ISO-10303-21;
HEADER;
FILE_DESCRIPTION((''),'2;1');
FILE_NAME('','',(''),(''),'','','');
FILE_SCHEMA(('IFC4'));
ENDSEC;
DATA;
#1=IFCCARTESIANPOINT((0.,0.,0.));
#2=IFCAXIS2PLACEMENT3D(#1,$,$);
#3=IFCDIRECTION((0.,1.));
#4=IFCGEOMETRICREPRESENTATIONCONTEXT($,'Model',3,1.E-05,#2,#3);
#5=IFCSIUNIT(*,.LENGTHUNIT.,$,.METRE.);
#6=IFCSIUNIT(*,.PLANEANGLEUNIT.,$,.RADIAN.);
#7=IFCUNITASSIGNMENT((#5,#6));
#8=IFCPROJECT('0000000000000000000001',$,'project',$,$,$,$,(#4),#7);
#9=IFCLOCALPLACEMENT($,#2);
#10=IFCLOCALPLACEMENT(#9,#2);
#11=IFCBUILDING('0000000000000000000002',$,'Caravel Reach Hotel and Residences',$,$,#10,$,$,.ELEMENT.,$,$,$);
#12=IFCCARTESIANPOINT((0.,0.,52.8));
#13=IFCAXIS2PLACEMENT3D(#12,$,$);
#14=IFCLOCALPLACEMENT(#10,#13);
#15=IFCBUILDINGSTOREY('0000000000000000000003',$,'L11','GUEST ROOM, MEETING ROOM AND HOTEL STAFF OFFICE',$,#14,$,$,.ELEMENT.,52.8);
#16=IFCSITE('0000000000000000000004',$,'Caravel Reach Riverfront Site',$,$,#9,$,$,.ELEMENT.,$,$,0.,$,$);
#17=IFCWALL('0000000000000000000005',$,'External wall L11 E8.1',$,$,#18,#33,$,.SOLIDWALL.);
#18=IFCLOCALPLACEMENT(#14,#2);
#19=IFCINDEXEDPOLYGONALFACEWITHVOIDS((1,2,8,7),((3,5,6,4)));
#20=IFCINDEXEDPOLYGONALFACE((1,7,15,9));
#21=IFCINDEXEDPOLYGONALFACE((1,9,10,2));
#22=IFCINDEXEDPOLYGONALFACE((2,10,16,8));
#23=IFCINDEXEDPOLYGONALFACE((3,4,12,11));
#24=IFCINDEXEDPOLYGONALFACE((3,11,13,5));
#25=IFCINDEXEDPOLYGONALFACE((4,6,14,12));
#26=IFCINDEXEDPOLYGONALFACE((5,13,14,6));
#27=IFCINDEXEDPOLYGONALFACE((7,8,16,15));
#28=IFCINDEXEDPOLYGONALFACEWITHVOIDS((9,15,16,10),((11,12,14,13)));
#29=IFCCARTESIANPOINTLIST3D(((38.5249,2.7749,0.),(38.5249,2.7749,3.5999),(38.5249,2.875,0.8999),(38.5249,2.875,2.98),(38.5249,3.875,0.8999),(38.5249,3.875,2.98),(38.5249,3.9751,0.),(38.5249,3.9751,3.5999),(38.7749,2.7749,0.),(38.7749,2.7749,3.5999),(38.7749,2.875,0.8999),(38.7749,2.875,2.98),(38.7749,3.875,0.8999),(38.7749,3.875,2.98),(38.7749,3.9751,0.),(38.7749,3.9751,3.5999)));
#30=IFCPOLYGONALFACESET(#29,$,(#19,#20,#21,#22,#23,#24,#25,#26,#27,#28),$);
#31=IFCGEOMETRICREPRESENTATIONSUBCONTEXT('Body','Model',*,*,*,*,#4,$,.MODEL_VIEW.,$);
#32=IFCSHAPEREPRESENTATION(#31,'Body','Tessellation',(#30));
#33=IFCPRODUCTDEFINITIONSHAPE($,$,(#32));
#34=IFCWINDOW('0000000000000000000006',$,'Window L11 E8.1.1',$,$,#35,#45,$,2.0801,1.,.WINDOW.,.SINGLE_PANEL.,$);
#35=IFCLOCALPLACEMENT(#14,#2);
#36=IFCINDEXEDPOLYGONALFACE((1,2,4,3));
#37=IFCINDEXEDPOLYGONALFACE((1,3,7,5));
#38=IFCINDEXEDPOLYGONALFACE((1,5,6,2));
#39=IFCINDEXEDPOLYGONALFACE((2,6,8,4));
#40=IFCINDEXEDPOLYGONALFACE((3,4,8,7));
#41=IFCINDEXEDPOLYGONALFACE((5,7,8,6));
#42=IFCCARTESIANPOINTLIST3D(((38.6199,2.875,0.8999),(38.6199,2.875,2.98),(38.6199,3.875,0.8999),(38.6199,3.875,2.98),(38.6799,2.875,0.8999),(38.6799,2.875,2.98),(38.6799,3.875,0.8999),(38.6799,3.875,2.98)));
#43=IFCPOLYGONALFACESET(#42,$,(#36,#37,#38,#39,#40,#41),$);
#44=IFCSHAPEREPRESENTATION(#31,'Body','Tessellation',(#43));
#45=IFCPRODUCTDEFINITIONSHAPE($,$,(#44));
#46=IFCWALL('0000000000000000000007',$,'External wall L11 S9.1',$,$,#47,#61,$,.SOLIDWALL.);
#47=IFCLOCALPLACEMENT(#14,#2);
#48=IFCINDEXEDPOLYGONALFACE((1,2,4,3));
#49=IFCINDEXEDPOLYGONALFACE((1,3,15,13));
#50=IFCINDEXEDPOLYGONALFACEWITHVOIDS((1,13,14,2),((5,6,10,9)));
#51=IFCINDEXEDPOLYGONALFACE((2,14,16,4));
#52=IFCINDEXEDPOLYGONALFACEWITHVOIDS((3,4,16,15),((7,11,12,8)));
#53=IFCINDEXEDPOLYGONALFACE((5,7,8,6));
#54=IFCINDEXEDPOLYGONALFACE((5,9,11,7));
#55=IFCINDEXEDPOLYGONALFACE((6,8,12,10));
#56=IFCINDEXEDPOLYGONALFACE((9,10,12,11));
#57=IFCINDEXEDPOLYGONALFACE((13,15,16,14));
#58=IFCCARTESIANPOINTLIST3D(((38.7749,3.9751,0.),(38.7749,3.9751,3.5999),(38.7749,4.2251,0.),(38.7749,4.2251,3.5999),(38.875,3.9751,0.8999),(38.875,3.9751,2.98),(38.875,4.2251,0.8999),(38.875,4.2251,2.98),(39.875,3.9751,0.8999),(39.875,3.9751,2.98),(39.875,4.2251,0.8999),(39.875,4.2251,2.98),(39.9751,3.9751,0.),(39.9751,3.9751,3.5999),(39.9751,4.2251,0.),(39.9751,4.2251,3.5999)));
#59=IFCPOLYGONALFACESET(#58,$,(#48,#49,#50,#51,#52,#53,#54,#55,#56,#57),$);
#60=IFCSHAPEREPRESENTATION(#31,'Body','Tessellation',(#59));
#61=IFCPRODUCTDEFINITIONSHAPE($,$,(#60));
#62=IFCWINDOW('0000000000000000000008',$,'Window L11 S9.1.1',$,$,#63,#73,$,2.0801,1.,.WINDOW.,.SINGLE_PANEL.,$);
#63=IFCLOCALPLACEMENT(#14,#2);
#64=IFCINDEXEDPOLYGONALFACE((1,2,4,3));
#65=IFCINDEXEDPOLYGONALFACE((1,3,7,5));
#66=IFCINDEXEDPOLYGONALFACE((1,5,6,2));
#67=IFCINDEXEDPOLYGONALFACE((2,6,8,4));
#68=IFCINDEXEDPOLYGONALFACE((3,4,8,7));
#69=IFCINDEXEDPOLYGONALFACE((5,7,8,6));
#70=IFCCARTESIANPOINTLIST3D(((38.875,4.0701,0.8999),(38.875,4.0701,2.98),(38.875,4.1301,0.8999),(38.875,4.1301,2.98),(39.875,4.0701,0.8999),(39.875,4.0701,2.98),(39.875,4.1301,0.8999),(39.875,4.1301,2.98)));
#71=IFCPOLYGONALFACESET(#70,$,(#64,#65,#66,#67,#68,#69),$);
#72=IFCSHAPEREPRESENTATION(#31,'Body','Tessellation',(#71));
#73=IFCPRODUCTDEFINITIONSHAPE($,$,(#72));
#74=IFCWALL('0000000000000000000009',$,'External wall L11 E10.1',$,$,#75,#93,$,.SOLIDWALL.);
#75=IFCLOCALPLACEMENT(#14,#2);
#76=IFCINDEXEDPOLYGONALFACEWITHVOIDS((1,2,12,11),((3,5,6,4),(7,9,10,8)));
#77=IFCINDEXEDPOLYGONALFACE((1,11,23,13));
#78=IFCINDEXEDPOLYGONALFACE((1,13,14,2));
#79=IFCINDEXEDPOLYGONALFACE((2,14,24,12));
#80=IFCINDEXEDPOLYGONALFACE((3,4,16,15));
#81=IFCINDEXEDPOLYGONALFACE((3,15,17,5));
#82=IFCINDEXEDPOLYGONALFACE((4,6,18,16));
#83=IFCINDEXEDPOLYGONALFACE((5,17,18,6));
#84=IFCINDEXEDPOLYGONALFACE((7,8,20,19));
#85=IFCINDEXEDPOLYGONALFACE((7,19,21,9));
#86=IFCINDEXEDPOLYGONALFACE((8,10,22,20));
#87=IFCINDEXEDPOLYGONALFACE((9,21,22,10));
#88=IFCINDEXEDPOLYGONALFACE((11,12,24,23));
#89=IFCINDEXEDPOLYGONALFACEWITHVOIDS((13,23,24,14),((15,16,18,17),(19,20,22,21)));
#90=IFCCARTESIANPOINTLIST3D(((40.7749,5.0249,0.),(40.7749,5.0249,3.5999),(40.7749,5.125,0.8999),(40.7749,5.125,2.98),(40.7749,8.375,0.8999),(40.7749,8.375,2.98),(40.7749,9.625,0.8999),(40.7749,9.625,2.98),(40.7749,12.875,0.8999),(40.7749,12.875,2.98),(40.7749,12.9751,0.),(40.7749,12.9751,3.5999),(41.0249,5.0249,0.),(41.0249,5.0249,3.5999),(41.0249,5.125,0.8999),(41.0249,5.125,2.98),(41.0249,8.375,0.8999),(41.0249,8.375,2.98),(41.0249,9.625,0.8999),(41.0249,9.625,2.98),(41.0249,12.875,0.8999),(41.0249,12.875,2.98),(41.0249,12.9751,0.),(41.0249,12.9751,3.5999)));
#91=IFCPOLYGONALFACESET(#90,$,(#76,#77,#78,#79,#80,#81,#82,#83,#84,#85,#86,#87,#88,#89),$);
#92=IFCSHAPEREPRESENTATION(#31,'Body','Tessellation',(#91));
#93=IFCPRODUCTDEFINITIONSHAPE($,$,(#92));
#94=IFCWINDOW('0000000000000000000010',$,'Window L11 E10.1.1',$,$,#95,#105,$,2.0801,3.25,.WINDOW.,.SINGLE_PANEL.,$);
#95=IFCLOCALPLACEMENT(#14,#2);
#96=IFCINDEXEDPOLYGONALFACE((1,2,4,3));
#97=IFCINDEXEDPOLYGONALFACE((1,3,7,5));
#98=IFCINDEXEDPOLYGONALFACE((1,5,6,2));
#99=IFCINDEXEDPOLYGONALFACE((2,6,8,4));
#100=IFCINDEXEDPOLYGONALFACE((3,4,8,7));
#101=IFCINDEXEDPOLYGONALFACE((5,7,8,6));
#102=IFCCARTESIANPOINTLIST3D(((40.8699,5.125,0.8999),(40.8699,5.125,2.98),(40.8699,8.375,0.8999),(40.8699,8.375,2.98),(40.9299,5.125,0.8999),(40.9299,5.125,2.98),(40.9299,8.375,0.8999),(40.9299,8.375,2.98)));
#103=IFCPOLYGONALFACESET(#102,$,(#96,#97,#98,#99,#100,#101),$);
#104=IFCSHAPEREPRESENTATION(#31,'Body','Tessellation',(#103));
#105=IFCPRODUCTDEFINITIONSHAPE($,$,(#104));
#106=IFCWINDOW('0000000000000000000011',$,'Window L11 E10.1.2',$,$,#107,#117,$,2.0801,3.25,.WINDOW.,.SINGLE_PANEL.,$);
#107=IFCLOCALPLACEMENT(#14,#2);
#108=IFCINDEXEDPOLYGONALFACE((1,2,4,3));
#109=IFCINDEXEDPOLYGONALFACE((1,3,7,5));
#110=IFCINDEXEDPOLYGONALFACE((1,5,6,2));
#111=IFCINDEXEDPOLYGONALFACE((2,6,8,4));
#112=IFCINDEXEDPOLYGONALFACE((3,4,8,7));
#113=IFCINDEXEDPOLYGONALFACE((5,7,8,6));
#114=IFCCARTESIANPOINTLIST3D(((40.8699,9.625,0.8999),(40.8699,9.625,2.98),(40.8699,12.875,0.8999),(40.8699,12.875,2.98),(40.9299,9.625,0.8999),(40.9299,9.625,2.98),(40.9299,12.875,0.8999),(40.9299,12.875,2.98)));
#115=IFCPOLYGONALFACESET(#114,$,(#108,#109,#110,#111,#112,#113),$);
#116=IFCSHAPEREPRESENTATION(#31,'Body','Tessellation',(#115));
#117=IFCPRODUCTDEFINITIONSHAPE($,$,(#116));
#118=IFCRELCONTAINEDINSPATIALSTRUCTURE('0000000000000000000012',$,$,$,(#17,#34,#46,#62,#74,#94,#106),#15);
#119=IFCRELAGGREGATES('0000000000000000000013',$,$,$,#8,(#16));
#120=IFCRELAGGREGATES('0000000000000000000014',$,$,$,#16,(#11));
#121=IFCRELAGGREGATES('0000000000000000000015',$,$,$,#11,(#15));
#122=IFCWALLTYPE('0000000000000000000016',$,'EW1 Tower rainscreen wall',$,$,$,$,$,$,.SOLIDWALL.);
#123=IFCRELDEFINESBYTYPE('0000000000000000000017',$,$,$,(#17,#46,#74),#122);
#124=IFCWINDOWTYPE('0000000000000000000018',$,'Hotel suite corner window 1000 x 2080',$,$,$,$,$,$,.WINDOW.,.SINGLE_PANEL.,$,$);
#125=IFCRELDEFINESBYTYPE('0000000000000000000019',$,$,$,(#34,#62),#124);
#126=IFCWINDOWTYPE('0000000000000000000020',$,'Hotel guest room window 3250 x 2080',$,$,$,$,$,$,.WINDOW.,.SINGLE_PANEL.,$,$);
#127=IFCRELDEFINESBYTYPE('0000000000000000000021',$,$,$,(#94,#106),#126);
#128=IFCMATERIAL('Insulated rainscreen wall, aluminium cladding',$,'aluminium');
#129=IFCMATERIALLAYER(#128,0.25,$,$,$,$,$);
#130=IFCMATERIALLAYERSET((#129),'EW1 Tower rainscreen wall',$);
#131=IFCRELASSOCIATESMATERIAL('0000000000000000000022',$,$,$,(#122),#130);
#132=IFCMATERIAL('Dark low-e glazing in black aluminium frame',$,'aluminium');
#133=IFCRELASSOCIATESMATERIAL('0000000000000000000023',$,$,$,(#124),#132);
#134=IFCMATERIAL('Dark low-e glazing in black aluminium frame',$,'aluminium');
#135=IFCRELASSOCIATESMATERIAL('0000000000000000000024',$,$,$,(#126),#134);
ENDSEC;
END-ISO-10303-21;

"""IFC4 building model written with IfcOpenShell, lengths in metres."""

from ifc_helpers import new_model, si_unit, direction, frame, frame_2d, origin, place, context, subcontext, project, spatial, rectangle, extrude, material, layer, layer_set, type_object, element, fill, save


model = new_model("IFC4")

# Units and contexts
model_context = context("Model", 3, precision=1e-05, world=origin(), true_north=direction((0.0, 1.0)))
body_context = subcontext(model_context, "Body", "Model", "MODEL_VIEW")
ifc_project = project(units=[si_unit("LENGTHUNIT", "METRE"), si_unit("PLANEANGLEUNIT", "RADIAN")], contexts=[model_context])

# Site, building, storey
site_placement = place(None, origin())
site = spatial("IfcSite", under=ifc_project, at=site_placement, Name="Caravel Reach Riverfront Site", CompositionType="ELEMENT", RefElevation=0.0)
building_placement = place(site_placement, origin())
building = spatial("IfcBuilding", under=site, at=building_placement, Name="Caravel Reach Hotel and Residences", CompositionType="ELEMENT")
storey_placement = place(building_placement, frame((0.0, 0.0, 52.8)))
storey = spatial("IfcBuildingStorey", under=building, at=storey_placement, Name="L11", Description="GUEST ROOM, MEETING ROOM AND HOTEL STAFF OFFICE", CompositionType="ELEMENT", Elevation=52.8)

# Walls, openings, windows
ifc_material_1 = material(Name="Insulated rainscreen wall, aluminium cladding", Category="aluminium")
ifc_layer = layer(ifc_material_1, 0.25)
ifc_layer_set = layer_set([ifc_layer], Name="EW1 Tower rainscreen wall")
wall_type = type_object("IfcWallType", Name="EW1 Tower rainscreen wall", PredefinedType="SOLIDWALL", material=ifc_layer_set)
wall_1_placement = place(storey_placement, frame((38.6499, 2.7749, 0.0), z_axis=(0.0, 0.0, 1.0), x_axis=(0.0, 1.0, 0.0)))
wall_1 = element("IfcWall", 1, at=wall_1_placement, inside=storey, type_object=wall_type, Name="External wall L11 E8.1", PredefinedType="SOLIDWALL", context=body_context, shape_type="SweptSolid", body=[
    extrude(rectangle(XDim=1.2002, YDim=0.25, at=frame_2d((0.6001, 0.0))), origin(), (0.0, 0.0, 1.0), 3.5999),
])
opening_1_placement = place(wall_1_placement, frame((0.1001, 0.0, 0.8999)))
opening_1 = element("IfcOpeningElement", 2, at=opening_1_placement, cuts=wall_1, PredefinedType="OPENING", context=body_context, shape_type="SweptSolid", body=[
    extrude(rectangle(XDim=1.0, YDim=2.0801, at=frame_2d((0.5, 1.04))), frame((0.0, 0.135, 0.0), z_axis=(0.0, -1.0, 0.0), x_axis=(1.0, 0.0, 0.0)), (0.0, 0.0, 1.0), 0.27),
])
ifc_material_2 = material(Name="Dark low-e glazing in black aluminium frame", Category="aluminium")
window_type_1 = type_object("IfcWindowType", Name="Hotel suite corner window 1000 x 2080", PartitioningType="SINGLE_PANEL", PredefinedType="WINDOW", material=ifc_material_2)
window_1_placement = place(opening_1_placement, origin())
window_1 = element("IfcWindow", 3, at=window_1_placement, inside=storey, type_object=window_type_1, Name="Window L11 E8.1.1", OverallHeight=2.0801, OverallWidth=1.0, PartitioningType="SINGLE_PANEL", PredefinedType="WINDOW", context=body_context, shape_type="SweptSolid", body=[
    extrude(rectangle(XDim=1.0, YDim=2.0801, at=frame_2d((0.5, 1.04))), frame((0.0, 0.03, 0.0), z_axis=(0.0, -1.0, 0.0), x_axis=(1.0, 0.0, 0.0)), (0.0, 0.0, 1.0), 0.0601),
])
fill(opening_1, window_1)
wall_2_placement = place(storey_placement, frame((38.7749, 4.1001, 0.0), z_axis=(0.0, 0.0, 1.0), x_axis=(1.0, 0.0, 0.0)))
wall_2 = element("IfcWall", 4, at=wall_2_placement, inside=storey, type_object=wall_type, Name="External wall L11 S9.1", PredefinedType="SOLIDWALL", context=body_context, shape_type="SweptSolid", body=[
    extrude(rectangle(XDim=1.2002, YDim=0.25, at=frame_2d((0.6001, 0.0))), origin(), (0.0, 0.0, 1.0), 3.5999),
])
opening_2_placement = place(wall_2_placement, frame((0.1001, 0.0, 0.8999)))
opening_2 = element("IfcOpeningElement", 5, at=opening_2_placement, cuts=wall_2, PredefinedType="OPENING", context=body_context, shape_type="SweptSolid", body=[
    extrude(rectangle(XDim=1.0, YDim=2.0801, at=frame_2d((0.5, 1.04))), frame((0.0, 0.135, 0.0), z_axis=(0.0, -1.0, 0.0), x_axis=(1.0, 0.0, 0.0)), (0.0, 0.0, 1.0), 0.27),
])
window_2_placement = place(opening_2_placement, origin())
window_2 = element("IfcWindow", 6, at=window_2_placement, inside=storey, type_object=window_type_1, Name="Window L11 S9.1.1", OverallHeight=2.0801, OverallWidth=1.0, PartitioningType="SINGLE_PANEL", PredefinedType="WINDOW", context=body_context, shape_type="SweptSolid", body=[
    extrude(rectangle(XDim=1.0, YDim=2.0801, at=frame_2d((0.5, 1.04))), frame((0.0, 0.03, 0.0), z_axis=(0.0, -1.0, 0.0), x_axis=(1.0, 0.0, 0.0)), (0.0, 0.0, 1.0), 0.0601),
])
fill(opening_2, window_2)

# Wall, openings, windows
wall_3_placement = place(storey_placement, frame((40.8999, 5.0249, 0.0), z_axis=(0.0, 0.0, 1.0), x_axis=(0.0, 1.0, 0.0)))
wall_3 = element("IfcWall", 7, at=wall_3_placement, inside=storey, type_object=wall_type, Name="External wall L11 E10.1", PredefinedType="SOLIDWALL", context=body_context, shape_type="SweptSolid", body=[
    extrude(rectangle(XDim=7.9502, YDim=0.25, at=frame_2d((3.9751, 0.0))), origin(), (0.0, 0.0, 1.0), 3.5999),
])
opening_3_placement = place(wall_3_placement, frame((0.1001, 0.0, 0.8999)))
opening_3 = element("IfcOpeningElement", 8, at=opening_3_placement, cuts=wall_3, PredefinedType="OPENING", context=body_context, shape_type="SweptSolid", body=[
    extrude(rectangle(XDim=3.25, YDim=2.0801, at=frame_2d((1.625, 1.04))), frame((0.0, 0.135, 0.0), z_axis=(0.0, -1.0, 0.0), x_axis=(1.0, 0.0, 0.0)), (0.0, 0.0, 1.0), 0.27),
])
opening_4_placement = place(wall_3_placement, frame((4.6001, 0.0, 0.8999)))
opening_4 = element("IfcOpeningElement", 9, at=opening_4_placement, cuts=wall_3, PredefinedType="OPENING", context=body_context, shape_type="SweptSolid", body=[
    extrude(rectangle(XDim=3.25, YDim=2.0801, at=frame_2d((1.625, 1.04))), frame((0.0, 0.135, 0.0), z_axis=(0.0, -1.0, 0.0), x_axis=(1.0, 0.0, 0.0)), (0.0, 0.0, 1.0), 0.27),
])
ifc_material_3 = material(Name="Dark low-e glazing in black aluminium frame", Category="aluminium")
window_type_2 = type_object("IfcWindowType", Name="Hotel guest room window 3250 x 2080", PartitioningType="SINGLE_PANEL", PredefinedType="WINDOW", material=ifc_material_3)
window_3_placement = place(opening_3_placement, origin())
window_3 = element("IfcWindow", 10, at=window_3_placement, inside=storey, type_object=window_type_2, Name="Window L11 E10.1.1", OverallHeight=2.0801, OverallWidth=3.25, PartitioningType="SINGLE_PANEL", PredefinedType="WINDOW", context=body_context, shape_type="SweptSolid", body=[
    extrude(rectangle(XDim=3.25, YDim=2.0801, at=frame_2d((1.625, 1.04))), frame((0.0, 0.03, 0.0), z_axis=(0.0, -1.0, 0.0), x_axis=(1.0, 0.0, 0.0)), (0.0, 0.0, 1.0), 0.0601),
])
fill(opening_3, window_3)
window_4_placement = place(opening_4_placement, origin())
window_4 = element("IfcWindow", 11, at=window_4_placement, inside=storey, type_object=window_type_2, Name="Window L11 E10.1.2", OverallHeight=2.0801, OverallWidth=3.25, PartitioningType="SINGLE_PANEL", PredefinedType="WINDOW", context=body_context, shape_type="SweptSolid", body=[
    extrude(rectangle(XDim=3.25, YDim=2.0801, at=frame_2d((1.625, 1.04))), frame((0.0, 0.03, 0.0), z_axis=(0.0, -1.0, 0.0), x_axis=(1.0, 0.0, 0.0)), (0.0, 0.0, 1.0), 0.0601),
])
fill(opening_4, window_4)

save(model, "model.ifc")
